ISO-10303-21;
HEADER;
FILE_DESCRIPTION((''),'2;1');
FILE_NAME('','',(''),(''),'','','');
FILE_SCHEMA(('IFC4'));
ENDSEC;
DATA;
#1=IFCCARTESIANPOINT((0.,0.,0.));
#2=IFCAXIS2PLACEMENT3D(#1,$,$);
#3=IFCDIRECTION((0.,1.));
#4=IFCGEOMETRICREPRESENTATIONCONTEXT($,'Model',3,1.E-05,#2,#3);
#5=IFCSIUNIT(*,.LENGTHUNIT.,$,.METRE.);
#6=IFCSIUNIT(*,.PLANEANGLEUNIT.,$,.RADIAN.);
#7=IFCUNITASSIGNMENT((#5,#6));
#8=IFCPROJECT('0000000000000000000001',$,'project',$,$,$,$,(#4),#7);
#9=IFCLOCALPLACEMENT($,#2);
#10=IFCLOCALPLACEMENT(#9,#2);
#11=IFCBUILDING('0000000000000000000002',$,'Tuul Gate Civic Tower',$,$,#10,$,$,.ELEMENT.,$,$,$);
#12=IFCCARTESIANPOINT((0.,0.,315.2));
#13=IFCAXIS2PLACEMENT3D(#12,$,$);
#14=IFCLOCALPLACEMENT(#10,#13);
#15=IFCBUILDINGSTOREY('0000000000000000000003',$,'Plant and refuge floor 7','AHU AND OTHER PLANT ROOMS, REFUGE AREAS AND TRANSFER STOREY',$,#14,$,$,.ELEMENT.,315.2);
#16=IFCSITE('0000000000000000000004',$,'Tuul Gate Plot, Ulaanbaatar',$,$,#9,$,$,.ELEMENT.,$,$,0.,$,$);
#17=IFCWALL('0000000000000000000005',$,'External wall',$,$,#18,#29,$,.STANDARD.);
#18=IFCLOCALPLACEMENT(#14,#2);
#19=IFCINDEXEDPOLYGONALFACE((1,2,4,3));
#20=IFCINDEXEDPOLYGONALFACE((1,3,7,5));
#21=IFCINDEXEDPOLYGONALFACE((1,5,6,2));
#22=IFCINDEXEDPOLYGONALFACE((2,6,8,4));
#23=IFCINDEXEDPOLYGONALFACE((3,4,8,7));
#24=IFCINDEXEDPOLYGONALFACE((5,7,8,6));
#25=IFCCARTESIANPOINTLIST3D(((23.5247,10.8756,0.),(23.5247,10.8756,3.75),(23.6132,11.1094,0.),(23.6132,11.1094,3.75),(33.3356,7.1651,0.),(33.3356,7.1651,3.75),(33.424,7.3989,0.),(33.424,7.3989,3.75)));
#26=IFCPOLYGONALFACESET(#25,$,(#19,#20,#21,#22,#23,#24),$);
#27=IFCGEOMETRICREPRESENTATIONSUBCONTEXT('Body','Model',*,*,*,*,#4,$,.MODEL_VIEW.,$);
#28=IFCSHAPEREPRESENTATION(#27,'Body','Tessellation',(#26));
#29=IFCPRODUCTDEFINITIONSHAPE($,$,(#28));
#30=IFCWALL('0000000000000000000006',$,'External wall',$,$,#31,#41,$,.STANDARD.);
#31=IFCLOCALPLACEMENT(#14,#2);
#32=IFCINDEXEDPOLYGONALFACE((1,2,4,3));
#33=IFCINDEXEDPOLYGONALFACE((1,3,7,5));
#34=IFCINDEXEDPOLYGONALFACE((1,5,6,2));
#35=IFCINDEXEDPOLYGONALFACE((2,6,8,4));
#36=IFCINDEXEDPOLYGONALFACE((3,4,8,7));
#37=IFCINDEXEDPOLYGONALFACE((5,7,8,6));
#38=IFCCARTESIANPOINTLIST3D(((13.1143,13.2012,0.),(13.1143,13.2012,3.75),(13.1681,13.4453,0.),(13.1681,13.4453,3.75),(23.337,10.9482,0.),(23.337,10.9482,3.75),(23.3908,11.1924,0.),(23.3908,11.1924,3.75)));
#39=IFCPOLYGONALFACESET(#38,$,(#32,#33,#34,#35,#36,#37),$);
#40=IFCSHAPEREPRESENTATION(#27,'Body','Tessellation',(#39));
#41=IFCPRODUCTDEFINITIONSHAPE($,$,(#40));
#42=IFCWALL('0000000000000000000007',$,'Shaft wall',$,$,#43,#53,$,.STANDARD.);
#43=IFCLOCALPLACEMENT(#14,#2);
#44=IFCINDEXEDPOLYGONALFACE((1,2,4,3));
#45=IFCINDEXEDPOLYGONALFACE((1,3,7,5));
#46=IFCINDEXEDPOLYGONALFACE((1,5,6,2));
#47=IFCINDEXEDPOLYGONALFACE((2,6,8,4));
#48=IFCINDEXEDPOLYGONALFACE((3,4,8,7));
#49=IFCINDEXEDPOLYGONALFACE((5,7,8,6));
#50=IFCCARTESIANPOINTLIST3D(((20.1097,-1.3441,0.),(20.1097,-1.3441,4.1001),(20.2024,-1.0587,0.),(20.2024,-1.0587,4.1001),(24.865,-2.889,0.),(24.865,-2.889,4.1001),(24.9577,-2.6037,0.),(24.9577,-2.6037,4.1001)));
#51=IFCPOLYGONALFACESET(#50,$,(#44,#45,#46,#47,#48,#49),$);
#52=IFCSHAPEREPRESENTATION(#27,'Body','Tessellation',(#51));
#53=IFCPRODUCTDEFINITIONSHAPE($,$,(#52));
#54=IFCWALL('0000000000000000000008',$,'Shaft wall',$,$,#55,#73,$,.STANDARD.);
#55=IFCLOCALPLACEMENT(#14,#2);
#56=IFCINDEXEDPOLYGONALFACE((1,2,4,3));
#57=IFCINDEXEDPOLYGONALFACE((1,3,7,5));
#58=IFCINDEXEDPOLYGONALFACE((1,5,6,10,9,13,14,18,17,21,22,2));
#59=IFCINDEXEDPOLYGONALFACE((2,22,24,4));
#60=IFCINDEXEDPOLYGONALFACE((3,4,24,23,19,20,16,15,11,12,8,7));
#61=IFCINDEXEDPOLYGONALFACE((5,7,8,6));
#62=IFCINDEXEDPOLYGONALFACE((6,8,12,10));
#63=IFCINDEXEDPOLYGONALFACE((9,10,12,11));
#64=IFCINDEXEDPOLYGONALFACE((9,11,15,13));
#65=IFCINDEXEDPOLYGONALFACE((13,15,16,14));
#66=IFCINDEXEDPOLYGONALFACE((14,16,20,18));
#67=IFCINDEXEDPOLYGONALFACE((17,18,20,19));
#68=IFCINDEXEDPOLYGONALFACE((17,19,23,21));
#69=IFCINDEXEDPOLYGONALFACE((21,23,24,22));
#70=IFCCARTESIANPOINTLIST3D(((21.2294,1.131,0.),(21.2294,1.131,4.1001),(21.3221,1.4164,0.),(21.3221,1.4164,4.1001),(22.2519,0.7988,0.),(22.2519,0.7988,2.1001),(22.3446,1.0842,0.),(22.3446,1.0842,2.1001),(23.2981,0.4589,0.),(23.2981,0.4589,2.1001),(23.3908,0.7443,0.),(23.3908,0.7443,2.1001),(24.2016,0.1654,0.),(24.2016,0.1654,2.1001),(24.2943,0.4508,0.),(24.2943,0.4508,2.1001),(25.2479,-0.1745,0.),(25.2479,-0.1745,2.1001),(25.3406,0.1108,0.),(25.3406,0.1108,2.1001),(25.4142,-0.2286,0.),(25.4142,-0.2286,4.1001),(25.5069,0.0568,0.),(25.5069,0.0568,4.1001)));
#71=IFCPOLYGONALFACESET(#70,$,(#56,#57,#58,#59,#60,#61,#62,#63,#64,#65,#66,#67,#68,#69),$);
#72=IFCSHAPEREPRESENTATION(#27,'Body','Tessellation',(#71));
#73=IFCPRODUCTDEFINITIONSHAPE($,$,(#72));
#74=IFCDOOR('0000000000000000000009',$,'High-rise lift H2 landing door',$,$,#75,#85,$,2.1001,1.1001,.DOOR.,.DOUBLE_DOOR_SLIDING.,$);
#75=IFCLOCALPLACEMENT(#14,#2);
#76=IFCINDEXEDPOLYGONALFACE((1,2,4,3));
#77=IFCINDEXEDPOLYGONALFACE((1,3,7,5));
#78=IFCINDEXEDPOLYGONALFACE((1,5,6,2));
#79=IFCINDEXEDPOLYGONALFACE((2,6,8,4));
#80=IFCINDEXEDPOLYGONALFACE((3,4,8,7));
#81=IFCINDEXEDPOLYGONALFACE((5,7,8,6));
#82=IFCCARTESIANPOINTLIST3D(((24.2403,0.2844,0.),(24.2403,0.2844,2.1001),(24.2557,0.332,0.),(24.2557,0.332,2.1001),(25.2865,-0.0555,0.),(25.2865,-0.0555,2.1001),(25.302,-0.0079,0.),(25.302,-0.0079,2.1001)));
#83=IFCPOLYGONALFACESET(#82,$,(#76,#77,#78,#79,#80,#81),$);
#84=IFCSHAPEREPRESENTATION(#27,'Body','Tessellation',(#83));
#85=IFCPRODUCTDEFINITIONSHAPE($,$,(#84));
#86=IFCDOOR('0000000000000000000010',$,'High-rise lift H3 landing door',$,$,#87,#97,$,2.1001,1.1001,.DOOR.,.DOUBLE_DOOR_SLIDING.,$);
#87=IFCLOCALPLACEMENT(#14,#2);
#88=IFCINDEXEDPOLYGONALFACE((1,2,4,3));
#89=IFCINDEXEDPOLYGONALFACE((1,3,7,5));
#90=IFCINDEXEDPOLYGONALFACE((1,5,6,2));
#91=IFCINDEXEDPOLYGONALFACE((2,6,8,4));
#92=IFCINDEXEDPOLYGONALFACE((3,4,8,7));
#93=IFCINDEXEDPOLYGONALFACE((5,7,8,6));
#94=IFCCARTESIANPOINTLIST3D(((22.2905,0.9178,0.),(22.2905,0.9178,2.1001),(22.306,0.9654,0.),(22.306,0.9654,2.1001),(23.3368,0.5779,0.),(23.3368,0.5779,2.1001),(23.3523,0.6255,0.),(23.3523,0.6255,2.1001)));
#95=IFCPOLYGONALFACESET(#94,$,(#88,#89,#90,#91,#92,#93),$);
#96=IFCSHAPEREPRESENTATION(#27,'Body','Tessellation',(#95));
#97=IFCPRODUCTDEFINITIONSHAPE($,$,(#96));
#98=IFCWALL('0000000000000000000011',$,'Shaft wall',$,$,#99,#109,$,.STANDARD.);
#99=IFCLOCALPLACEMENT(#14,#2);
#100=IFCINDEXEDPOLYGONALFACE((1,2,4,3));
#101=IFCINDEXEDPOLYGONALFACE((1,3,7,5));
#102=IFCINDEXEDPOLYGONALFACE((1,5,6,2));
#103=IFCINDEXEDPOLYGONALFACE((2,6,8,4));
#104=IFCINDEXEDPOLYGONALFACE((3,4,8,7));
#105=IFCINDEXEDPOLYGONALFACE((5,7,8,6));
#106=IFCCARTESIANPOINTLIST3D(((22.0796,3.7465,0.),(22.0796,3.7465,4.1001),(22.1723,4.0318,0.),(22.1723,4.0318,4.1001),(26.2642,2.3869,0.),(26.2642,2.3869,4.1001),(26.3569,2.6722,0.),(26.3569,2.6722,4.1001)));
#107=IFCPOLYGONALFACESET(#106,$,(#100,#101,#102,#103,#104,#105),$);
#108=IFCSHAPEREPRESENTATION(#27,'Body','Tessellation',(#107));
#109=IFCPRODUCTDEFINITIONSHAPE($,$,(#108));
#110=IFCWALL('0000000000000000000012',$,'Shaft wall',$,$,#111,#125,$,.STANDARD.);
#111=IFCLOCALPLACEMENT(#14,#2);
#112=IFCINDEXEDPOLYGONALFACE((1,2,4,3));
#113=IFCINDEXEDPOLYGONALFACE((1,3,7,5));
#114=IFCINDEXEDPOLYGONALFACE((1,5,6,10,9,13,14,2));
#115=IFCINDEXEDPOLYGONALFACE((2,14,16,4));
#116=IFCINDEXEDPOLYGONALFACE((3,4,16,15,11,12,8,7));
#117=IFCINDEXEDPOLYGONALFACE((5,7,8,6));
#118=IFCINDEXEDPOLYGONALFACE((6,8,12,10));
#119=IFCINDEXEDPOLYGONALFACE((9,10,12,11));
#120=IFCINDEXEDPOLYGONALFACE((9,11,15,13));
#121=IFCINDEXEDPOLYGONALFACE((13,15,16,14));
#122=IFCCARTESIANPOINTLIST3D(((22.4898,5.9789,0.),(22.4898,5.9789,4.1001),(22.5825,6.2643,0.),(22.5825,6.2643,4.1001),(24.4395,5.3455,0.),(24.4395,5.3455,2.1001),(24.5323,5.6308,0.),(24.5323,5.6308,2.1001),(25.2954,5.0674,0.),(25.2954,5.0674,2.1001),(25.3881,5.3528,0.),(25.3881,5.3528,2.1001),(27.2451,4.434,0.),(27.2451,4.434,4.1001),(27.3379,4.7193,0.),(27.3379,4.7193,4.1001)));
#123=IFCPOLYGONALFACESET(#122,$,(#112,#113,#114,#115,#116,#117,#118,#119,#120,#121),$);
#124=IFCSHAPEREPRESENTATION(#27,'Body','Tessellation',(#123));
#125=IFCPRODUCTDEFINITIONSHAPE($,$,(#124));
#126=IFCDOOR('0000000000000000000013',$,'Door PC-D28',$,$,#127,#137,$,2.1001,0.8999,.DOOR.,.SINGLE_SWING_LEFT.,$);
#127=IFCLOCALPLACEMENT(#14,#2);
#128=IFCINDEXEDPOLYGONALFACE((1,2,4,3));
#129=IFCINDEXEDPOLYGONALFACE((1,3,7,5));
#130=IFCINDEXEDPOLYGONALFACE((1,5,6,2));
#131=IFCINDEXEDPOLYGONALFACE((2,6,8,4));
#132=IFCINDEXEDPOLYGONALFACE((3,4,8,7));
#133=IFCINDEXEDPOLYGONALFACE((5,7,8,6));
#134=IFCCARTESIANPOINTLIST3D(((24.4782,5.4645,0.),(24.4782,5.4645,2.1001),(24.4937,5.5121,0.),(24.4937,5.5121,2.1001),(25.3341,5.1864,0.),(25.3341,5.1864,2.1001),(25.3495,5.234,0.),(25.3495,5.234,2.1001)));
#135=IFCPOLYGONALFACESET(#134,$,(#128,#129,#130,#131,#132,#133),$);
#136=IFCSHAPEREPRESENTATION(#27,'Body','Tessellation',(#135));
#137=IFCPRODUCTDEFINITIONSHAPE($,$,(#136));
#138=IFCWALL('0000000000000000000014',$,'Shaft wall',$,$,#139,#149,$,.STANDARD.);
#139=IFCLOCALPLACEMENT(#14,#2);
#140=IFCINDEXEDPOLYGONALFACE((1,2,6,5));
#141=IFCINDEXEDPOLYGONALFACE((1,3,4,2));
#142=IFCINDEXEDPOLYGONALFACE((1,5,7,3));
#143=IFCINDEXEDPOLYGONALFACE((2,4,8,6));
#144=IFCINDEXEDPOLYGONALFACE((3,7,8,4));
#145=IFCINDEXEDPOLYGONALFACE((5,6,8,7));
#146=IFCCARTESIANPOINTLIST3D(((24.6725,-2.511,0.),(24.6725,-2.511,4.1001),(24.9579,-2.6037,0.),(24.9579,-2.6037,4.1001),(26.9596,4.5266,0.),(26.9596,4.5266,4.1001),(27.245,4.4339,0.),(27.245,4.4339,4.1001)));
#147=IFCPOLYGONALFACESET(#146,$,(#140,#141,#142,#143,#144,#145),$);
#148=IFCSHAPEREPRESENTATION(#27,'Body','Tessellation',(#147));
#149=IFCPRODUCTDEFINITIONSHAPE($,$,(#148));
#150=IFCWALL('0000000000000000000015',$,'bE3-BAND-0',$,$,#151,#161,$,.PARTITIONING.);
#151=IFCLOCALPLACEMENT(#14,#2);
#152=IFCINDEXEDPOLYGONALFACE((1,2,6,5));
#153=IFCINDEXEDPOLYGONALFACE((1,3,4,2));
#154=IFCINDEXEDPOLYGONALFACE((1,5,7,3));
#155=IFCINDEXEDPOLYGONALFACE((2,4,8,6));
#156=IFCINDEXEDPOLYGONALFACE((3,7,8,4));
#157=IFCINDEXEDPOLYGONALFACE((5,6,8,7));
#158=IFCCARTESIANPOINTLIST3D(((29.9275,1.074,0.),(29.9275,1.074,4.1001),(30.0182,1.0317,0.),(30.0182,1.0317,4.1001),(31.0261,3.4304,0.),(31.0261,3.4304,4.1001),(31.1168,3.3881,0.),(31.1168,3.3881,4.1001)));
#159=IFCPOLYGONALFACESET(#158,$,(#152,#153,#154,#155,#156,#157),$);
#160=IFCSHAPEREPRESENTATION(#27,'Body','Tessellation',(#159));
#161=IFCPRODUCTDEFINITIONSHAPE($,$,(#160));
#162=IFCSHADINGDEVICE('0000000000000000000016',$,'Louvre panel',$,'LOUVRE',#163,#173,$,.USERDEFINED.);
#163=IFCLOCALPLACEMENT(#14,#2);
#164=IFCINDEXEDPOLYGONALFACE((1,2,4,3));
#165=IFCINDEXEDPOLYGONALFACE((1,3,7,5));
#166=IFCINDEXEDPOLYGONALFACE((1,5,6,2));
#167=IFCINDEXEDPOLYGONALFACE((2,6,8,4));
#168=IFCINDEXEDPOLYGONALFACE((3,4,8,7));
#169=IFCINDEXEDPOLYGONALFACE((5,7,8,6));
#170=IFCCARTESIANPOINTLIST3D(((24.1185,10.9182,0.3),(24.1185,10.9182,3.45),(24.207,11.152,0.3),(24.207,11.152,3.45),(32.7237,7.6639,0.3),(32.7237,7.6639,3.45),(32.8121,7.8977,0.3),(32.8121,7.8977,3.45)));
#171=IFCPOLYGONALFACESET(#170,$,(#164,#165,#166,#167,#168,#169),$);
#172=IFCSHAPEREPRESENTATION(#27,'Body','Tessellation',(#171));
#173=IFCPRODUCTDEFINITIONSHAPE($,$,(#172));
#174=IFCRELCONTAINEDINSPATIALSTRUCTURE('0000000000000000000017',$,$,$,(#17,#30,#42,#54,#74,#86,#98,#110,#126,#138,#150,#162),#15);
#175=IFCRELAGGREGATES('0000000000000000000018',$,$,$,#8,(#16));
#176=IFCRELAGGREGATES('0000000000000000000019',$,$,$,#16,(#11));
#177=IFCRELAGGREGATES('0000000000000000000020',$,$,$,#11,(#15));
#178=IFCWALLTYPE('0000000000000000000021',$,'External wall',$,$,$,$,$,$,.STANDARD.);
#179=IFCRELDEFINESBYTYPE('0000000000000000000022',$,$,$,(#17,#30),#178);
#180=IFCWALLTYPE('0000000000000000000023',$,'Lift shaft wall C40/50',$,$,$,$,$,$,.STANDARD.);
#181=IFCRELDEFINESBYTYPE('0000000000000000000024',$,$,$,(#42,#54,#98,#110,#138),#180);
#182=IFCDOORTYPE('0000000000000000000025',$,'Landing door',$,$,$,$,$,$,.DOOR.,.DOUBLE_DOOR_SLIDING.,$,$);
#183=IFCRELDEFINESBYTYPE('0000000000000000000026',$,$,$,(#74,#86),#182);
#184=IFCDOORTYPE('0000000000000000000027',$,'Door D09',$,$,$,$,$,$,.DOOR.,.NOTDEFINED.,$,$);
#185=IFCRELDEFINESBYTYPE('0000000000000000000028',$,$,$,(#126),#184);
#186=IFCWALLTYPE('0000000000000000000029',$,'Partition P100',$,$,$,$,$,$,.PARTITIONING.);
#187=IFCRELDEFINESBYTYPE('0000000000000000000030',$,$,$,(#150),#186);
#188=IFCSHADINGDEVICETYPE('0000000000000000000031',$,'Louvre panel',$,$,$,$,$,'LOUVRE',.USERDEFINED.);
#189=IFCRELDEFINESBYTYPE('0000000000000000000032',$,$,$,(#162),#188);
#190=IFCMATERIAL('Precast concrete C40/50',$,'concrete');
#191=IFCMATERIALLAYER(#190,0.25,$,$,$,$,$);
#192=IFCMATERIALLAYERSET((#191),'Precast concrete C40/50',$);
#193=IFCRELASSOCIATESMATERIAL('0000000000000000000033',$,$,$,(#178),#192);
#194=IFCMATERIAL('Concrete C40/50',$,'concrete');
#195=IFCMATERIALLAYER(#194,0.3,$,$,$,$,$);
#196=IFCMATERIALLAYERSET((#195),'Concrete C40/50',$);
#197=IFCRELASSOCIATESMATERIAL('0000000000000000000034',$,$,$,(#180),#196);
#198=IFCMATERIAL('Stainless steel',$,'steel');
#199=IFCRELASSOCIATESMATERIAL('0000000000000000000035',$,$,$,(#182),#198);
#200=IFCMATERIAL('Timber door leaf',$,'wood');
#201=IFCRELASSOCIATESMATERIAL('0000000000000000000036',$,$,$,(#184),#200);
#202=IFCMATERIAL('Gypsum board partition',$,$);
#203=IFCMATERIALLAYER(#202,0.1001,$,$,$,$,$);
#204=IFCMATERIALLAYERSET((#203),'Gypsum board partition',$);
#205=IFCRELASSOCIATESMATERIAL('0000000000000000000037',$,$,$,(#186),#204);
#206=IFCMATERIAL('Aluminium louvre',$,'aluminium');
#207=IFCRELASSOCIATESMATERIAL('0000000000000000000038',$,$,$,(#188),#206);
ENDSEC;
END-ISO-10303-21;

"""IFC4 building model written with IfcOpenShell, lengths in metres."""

from ifc_helpers import new_model, si_unit, direction, frame, frame_2d, origin, origin_2d, place, context, subcontext, project, spatial, rectangle, extrude, material, layer, layer_set, type_object, element, fill, save


model = new_model("IFC4")

# Units and contexts
model_context = context("Model", 3, precision=1e-05, world=origin(), true_north=direction((0.0, 1.0)))
body_context = subcontext(model_context, "Body", "Model", "MODEL_VIEW")
ifc_project = project(units=[si_unit("LENGTHUNIT", "METRE"), si_unit("PLANEANGLEUNIT", "RADIAN")], contexts=[model_context])

# Site, building, storey
site_placement = place(None, origin())
site = spatial("IfcSite", under=ifc_project, at=site_placement, Name="Tuul Gate Plot, Ulaanbaatar", CompositionType="ELEMENT", RefElevation=0.0)
building_placement = place(site_placement, origin())
building = spatial("IfcBuilding", under=site, at=building_placement, Name="Tuul Gate Civic Tower", CompositionType="ELEMENT")
storey_placement = place(building_placement, frame((0.0, 0.0, 315.2)))
storey = spatial("IfcBuildingStorey", under=building, at=storey_placement, Name="Plant and refuge floor 7", Description="AHU AND OTHER PLANT ROOMS, REFUGE AREAS AND TRANSFER STOREY", CompositionType="ELEMENT", Elevation=315.2)

# Walls
ifc_material_1 = material(Name="Precast concrete C40/50", Category="concrete")
ifc_layer_1 = layer(ifc_material_1, 0.25)
ifc_layer_set_1 = layer_set([ifc_layer_1], Name="Precast concrete C40/50")
wall_type_1 = type_object("IfcWallType", Name="External wall", PredefinedType="STANDARD", material=ifc_layer_set_1)
wall_1_placement = place(storey_placement, frame((33.3799, 7.282, 0.0), z_axis=(0.0, 0.0, 1.0), x_axis=(-0.935341, 0.353747, 0.0)))
element("IfcWall", 1, at=wall_1_placement, inside=storey, type_object=wall_type_1, Name="External wall", PredefinedType="STANDARD", context=body_context, shape_type="SweptSolid", body=[
    extrude(rectangle(XDim=10.489, YDim=0.25, at=frame_2d((5.2446, 0.0))), origin(), (0.0, 0.0, 1.0), 3.75),
])
wall_2_placement = place(storey_placement, frame((23.3638, 11.0703, 0.0), z_axis=(0.0, 0.0, 1.0), x_axis=(-0.976565, 0.215221, 0.0)))
element("IfcWall", 2, at=wall_2_placement, inside=storey, type_object=wall_type_1, Name="External wall", PredefinedType="STANDARD", context=body_context, shape_type="SweptSolid", body=[
    extrude(rectangle(XDim=10.468, YDim=0.25, at=frame_2d((5.2339, 0.0))), origin(), (0.0, 0.0, 1.0), 3.75),
])
ifc_material_2 = material(Name="Concrete C40/50", Category="concrete")
ifc_layer_2 = layer(ifc_material_2, 0.3)
ifc_layer_set_2 = layer_set([ifc_layer_2], Name="Concrete C40/50")
wall_type_2 = type_object("IfcWallType", Name="Lift shaft wall C40/50", PredefinedType="STANDARD", material=ifc_layer_set_2)
wall_3_placement = place(storey_placement, frame((24.9114, -2.7463, 0.0), z_axis=(0.0, 0.0, 1.0), x_axis=(-0.951068, 0.308982, 0.0)))
element("IfcWall", 3, at=wall_3_placement, inside=storey, type_object=wall_type_2, Name="Shaft wall", PredefinedType="STANDARD", context=body_context, shape_type="SweptSolid", body=[
    extrude(rectangle(XDim=5.0, YDim=0.3, at=frame_2d((2.5, 0.0))), origin(), (0.0, 0.0, 1.0), 4.1001),
])

# Wall, openings, doors
wall_4_placement = place(storey_placement, frame((25.4607, -0.0859, 0.0), z_axis=(0.0, 0.0, 1.0), x_axis=(-0.951064, 0.308994, 0.0)))
wall_4 = element("IfcWall", 4, at=wall_4_placement, inside=storey, type_object=wall_type_2, Name="Shaft wall", PredefinedType="STANDARD", context=body_context, shape_type="SweptSolid", body=[
    extrude(rectangle(XDim=4.4001, YDim=0.3, at=frame_2d((2.2002, 0.0))), origin(), (0.0, 0.0, 1.0), 4.1001),
])
opening_1_placement = place(wall_4_placement, frame((0.175, 0.0, 0.0)))
opening_1 = element("IfcOpeningElement", 5, at=opening_1_placement, cuts=wall_4, PredefinedType="OPENING", context=body_context, shape_type="SweptSolid", body=[
    extrude(rectangle(XDim=1.1001, YDim=2.1001, at=frame_2d((0.55, 1.05))), frame((0.0, 0.1602, 0.0), z_axis=(0.0, -1.0, 0.0), x_axis=(1.0, 0.0, 0.0)), (0.0, 0.0, 1.0), 0.3201),
])
opening_2_placement = place(wall_4_placement, frame((2.2251, 0.0, 0.0)))
opening_2 = element("IfcOpeningElement", 6, at=opening_2_placement, cuts=wall_4, PredefinedType="OPENING", context=body_context, shape_type="SweptSolid", body=[
    extrude(rectangle(XDim=1.1001, YDim=2.1001, at=frame_2d((0.55, 1.05))), frame((0.0, 0.1602, 0.0), z_axis=(0.0, -1.0, 0.0), x_axis=(1.0, 0.0, 0.0)), (0.0, 0.0, 1.0), 0.3201),
])
ifc_material_3 = material(Name="Stainless steel", Category="steel")
door_type_1 = type_object("IfcDoorType", Name="Landing door", OperationType="DOUBLE_DOOR_SLIDING", PredefinedType="DOOR", material=ifc_material_3)
door_1_placement = place(opening_1_placement, origin())
door_1 = element("IfcDoor", 7, at=door_1_placement, inside=storey, type_object=door_type_1, Name="High-rise lift H2 landing door", OperationType="DOUBLE_DOOR_SLIDING", OverallHeight=2.1001, OverallWidth=1.1001, PredefinedType="DOOR", context=body_context, shape_type="SweptSolid", body=[
    extrude(rectangle(XDim=1.1001, YDim=2.1001, at=frame_2d((0.55, 1.05))), frame((0.0, 0.0249, 0.0), z_axis=(0.0, -1.0, 0.0), x_axis=(1.0, 0.0, 0.0)), (0.0, 0.0, 1.0), 0.05),
])
fill(opening_1, door_1)
door_2_placement = place(opening_2_placement, origin())
door_2 = element("IfcDoor", 8, at=door_2_placement, inside=storey, type_object=door_type_1, Name="High-rise lift H3 landing door", OperationType="DOUBLE_DOOR_SLIDING", OverallHeight=2.1001, OverallWidth=1.1001, PredefinedType="DOOR", context=body_context, shape_type="SweptSolid", body=[
    extrude(rectangle(XDim=1.1001, YDim=2.1001, at=frame_2d((0.55, 1.05))), frame((0.0, 0.0249, 0.0), z_axis=(0.0, -1.0, 0.0), x_axis=(1.0, 0.0, 0.0)), (0.0, 0.0, 1.0), 0.05),
])
fill(opening_2, door_2)

# Wall
wall_5_placement = place(storey_placement, frame((26.3105, 2.5295, 0.0), z_axis=(0.0, 0.0, 1.0), x_axis=(-0.951059, 0.309011, 0.0)))
element("IfcWall", 9, at=wall_5_placement, inside=storey, type_object=wall_type_2, Name="Shaft wall", PredefinedType="STANDARD", context=body_context, shape_type="SweptSolid", body=[
    extrude(rectangle(XDim=4.3999, YDim=0.3, at=frame_2d((2.2, 0.0))), origin(), (0.0, 0.0, 1.0), 4.1001),
])

# Wall, opening, door
wall_6_placement = place(storey_placement, frame((27.2915, 4.5767, 0.0), z_axis=(0.0, 0.0, 1.0), x_axis=(-0.951068, 0.308982, 0.0)))
wall_6 = element("IfcWall", 10, at=wall_6_placement, inside=storey, type_object=wall_type_2, Name="Shaft wall", PredefinedType="STANDARD", context=body_context, shape_type="SweptSolid", body=[
    extrude(rectangle(XDim=5.0, YDim=0.3, at=frame_2d((2.5, 0.0))), origin(), (0.0, 0.0, 1.0), 4.1001),
])
opening_3_placement = place(wall_6_placement, frame((2.05, 0.0, 0.0)))
opening_3 = element("IfcOpeningElement", 11, at=opening_3_placement, cuts=wall_6, PredefinedType="OPENING", context=body_context, shape_type="SweptSolid", body=[
    extrude(rectangle(XDim=0.8999, YDim=2.1001, at=frame_2d((0.45, 1.05))), frame((0.0, 0.1602, 0.0), z_axis=(0.0, -1.0, 0.0), x_axis=(1.0, 0.0, 0.0)), (0.0, 0.0, 1.0), 0.3201),
])
ifc_material_4 = material(Name="Timber door leaf", Category="wood")
door_type_2 = type_object("IfcDoorType", Name="Door D09", OperationType="NOTDEFINED", PredefinedType="DOOR", material=ifc_material_4)
door_3_placement = place(opening_3_placement, origin())
door_3 = element("IfcDoor", 12, at=door_3_placement, inside=storey, type_object=door_type_2, Name="Door PC-D28", OperationType="SINGLE_SWING_LEFT", OverallHeight=2.1001, OverallWidth=0.8999, PredefinedType="DOOR", context=body_context, shape_type="SweptSolid", body=[
    extrude(rectangle(XDim=0.8999, YDim=2.1001, at=frame_2d((0.45, 1.05))), frame((0.0, 0.0249, 0.0), z_axis=(0.0, -1.0, 0.0), x_axis=(1.0, 0.0, 0.0)), (0.0, 0.0, 1.0), 0.05),
])
fill(opening_3, door_3)

# Walls
wall_7_placement = place(storey_placement, frame((24.8152, -2.5574, 0.0), z_axis=(0.0, 0.0, 1.0), x_axis=(0.309073, 0.951038, 0.0)))
element("IfcWall", 13, at=wall_7_placement, inside=storey, type_object=wall_type_2, Name="Shaft wall", PredefinedType="STANDARD", context=body_context, shape_type="SweptSolid", body=[
    extrude(rectangle(XDim=7.3999, YDim=0.3, at=frame_2d((3.7, 0.0))), origin(), (0.0, 0.0, 1.0), 4.1001),
])
ifc_material_5 = material(Name="Gypsum board partition")
ifc_layer_3 = layer(ifc_material_5, 0.1001)
ifc_layer_set_3 = layer_set([ifc_layer_3], Name="Gypsum board partition")
wall_type_3 = type_object("IfcWallType", Name="Partition P100", PredefinedType="PARTITIONING", material=ifc_layer_set_3)
wall_8_placement = place(storey_placement, frame((29.9729, 1.053, 0.0), z_axis=(0.0, 0.0, 1.0), x_axis=(0.422556, 0.906337, 0.0)))
element("IfcWall", 14, at=wall_8_placement, inside=storey, type_object=wall_type_3, Name="bE3-BAND-0", PredefinedType="PARTITIONING", context=body_context, shape_type="SweptSolid", body=[
    extrude(rectangle(XDim=2.5999, YDim=0.1001, at=frame_2d((1.2998, 0.0))), origin(), (0.0, 0.0, 1.0), 4.1001),
])

# Shading device
ifc_material_6 = material(Name="Aluminium louvre", Category="aluminium")
shading_device_type = type_object("IfcShadingDeviceType", Name="Louvre panel", ElementType="LOUVRE", PredefinedType="USERDEFINED", material=ifc_material_6)
shading_device_placement = place(storey_placement, frame((28.4653, 9.408, 0.3), z_axis=(0.0, 0.0, 1.0), x_axis=(0.353734, 0.935346, 0.0)))
element("IfcShadingDevice", 15, at=shading_device_placement, inside=storey, type_object=shading_device_type, Name="Louvre panel", ObjectType="LOUVRE", PredefinedType="USERDEFINED", context=body_context, shape_type="SweptSolid", body=[
    extrude(rectangle(XDim=0.25, YDim=9.2, at=origin_2d()), origin(), (0.0, 0.0, 1.0), 3.1499),
])

save(model, "model.ifc")
